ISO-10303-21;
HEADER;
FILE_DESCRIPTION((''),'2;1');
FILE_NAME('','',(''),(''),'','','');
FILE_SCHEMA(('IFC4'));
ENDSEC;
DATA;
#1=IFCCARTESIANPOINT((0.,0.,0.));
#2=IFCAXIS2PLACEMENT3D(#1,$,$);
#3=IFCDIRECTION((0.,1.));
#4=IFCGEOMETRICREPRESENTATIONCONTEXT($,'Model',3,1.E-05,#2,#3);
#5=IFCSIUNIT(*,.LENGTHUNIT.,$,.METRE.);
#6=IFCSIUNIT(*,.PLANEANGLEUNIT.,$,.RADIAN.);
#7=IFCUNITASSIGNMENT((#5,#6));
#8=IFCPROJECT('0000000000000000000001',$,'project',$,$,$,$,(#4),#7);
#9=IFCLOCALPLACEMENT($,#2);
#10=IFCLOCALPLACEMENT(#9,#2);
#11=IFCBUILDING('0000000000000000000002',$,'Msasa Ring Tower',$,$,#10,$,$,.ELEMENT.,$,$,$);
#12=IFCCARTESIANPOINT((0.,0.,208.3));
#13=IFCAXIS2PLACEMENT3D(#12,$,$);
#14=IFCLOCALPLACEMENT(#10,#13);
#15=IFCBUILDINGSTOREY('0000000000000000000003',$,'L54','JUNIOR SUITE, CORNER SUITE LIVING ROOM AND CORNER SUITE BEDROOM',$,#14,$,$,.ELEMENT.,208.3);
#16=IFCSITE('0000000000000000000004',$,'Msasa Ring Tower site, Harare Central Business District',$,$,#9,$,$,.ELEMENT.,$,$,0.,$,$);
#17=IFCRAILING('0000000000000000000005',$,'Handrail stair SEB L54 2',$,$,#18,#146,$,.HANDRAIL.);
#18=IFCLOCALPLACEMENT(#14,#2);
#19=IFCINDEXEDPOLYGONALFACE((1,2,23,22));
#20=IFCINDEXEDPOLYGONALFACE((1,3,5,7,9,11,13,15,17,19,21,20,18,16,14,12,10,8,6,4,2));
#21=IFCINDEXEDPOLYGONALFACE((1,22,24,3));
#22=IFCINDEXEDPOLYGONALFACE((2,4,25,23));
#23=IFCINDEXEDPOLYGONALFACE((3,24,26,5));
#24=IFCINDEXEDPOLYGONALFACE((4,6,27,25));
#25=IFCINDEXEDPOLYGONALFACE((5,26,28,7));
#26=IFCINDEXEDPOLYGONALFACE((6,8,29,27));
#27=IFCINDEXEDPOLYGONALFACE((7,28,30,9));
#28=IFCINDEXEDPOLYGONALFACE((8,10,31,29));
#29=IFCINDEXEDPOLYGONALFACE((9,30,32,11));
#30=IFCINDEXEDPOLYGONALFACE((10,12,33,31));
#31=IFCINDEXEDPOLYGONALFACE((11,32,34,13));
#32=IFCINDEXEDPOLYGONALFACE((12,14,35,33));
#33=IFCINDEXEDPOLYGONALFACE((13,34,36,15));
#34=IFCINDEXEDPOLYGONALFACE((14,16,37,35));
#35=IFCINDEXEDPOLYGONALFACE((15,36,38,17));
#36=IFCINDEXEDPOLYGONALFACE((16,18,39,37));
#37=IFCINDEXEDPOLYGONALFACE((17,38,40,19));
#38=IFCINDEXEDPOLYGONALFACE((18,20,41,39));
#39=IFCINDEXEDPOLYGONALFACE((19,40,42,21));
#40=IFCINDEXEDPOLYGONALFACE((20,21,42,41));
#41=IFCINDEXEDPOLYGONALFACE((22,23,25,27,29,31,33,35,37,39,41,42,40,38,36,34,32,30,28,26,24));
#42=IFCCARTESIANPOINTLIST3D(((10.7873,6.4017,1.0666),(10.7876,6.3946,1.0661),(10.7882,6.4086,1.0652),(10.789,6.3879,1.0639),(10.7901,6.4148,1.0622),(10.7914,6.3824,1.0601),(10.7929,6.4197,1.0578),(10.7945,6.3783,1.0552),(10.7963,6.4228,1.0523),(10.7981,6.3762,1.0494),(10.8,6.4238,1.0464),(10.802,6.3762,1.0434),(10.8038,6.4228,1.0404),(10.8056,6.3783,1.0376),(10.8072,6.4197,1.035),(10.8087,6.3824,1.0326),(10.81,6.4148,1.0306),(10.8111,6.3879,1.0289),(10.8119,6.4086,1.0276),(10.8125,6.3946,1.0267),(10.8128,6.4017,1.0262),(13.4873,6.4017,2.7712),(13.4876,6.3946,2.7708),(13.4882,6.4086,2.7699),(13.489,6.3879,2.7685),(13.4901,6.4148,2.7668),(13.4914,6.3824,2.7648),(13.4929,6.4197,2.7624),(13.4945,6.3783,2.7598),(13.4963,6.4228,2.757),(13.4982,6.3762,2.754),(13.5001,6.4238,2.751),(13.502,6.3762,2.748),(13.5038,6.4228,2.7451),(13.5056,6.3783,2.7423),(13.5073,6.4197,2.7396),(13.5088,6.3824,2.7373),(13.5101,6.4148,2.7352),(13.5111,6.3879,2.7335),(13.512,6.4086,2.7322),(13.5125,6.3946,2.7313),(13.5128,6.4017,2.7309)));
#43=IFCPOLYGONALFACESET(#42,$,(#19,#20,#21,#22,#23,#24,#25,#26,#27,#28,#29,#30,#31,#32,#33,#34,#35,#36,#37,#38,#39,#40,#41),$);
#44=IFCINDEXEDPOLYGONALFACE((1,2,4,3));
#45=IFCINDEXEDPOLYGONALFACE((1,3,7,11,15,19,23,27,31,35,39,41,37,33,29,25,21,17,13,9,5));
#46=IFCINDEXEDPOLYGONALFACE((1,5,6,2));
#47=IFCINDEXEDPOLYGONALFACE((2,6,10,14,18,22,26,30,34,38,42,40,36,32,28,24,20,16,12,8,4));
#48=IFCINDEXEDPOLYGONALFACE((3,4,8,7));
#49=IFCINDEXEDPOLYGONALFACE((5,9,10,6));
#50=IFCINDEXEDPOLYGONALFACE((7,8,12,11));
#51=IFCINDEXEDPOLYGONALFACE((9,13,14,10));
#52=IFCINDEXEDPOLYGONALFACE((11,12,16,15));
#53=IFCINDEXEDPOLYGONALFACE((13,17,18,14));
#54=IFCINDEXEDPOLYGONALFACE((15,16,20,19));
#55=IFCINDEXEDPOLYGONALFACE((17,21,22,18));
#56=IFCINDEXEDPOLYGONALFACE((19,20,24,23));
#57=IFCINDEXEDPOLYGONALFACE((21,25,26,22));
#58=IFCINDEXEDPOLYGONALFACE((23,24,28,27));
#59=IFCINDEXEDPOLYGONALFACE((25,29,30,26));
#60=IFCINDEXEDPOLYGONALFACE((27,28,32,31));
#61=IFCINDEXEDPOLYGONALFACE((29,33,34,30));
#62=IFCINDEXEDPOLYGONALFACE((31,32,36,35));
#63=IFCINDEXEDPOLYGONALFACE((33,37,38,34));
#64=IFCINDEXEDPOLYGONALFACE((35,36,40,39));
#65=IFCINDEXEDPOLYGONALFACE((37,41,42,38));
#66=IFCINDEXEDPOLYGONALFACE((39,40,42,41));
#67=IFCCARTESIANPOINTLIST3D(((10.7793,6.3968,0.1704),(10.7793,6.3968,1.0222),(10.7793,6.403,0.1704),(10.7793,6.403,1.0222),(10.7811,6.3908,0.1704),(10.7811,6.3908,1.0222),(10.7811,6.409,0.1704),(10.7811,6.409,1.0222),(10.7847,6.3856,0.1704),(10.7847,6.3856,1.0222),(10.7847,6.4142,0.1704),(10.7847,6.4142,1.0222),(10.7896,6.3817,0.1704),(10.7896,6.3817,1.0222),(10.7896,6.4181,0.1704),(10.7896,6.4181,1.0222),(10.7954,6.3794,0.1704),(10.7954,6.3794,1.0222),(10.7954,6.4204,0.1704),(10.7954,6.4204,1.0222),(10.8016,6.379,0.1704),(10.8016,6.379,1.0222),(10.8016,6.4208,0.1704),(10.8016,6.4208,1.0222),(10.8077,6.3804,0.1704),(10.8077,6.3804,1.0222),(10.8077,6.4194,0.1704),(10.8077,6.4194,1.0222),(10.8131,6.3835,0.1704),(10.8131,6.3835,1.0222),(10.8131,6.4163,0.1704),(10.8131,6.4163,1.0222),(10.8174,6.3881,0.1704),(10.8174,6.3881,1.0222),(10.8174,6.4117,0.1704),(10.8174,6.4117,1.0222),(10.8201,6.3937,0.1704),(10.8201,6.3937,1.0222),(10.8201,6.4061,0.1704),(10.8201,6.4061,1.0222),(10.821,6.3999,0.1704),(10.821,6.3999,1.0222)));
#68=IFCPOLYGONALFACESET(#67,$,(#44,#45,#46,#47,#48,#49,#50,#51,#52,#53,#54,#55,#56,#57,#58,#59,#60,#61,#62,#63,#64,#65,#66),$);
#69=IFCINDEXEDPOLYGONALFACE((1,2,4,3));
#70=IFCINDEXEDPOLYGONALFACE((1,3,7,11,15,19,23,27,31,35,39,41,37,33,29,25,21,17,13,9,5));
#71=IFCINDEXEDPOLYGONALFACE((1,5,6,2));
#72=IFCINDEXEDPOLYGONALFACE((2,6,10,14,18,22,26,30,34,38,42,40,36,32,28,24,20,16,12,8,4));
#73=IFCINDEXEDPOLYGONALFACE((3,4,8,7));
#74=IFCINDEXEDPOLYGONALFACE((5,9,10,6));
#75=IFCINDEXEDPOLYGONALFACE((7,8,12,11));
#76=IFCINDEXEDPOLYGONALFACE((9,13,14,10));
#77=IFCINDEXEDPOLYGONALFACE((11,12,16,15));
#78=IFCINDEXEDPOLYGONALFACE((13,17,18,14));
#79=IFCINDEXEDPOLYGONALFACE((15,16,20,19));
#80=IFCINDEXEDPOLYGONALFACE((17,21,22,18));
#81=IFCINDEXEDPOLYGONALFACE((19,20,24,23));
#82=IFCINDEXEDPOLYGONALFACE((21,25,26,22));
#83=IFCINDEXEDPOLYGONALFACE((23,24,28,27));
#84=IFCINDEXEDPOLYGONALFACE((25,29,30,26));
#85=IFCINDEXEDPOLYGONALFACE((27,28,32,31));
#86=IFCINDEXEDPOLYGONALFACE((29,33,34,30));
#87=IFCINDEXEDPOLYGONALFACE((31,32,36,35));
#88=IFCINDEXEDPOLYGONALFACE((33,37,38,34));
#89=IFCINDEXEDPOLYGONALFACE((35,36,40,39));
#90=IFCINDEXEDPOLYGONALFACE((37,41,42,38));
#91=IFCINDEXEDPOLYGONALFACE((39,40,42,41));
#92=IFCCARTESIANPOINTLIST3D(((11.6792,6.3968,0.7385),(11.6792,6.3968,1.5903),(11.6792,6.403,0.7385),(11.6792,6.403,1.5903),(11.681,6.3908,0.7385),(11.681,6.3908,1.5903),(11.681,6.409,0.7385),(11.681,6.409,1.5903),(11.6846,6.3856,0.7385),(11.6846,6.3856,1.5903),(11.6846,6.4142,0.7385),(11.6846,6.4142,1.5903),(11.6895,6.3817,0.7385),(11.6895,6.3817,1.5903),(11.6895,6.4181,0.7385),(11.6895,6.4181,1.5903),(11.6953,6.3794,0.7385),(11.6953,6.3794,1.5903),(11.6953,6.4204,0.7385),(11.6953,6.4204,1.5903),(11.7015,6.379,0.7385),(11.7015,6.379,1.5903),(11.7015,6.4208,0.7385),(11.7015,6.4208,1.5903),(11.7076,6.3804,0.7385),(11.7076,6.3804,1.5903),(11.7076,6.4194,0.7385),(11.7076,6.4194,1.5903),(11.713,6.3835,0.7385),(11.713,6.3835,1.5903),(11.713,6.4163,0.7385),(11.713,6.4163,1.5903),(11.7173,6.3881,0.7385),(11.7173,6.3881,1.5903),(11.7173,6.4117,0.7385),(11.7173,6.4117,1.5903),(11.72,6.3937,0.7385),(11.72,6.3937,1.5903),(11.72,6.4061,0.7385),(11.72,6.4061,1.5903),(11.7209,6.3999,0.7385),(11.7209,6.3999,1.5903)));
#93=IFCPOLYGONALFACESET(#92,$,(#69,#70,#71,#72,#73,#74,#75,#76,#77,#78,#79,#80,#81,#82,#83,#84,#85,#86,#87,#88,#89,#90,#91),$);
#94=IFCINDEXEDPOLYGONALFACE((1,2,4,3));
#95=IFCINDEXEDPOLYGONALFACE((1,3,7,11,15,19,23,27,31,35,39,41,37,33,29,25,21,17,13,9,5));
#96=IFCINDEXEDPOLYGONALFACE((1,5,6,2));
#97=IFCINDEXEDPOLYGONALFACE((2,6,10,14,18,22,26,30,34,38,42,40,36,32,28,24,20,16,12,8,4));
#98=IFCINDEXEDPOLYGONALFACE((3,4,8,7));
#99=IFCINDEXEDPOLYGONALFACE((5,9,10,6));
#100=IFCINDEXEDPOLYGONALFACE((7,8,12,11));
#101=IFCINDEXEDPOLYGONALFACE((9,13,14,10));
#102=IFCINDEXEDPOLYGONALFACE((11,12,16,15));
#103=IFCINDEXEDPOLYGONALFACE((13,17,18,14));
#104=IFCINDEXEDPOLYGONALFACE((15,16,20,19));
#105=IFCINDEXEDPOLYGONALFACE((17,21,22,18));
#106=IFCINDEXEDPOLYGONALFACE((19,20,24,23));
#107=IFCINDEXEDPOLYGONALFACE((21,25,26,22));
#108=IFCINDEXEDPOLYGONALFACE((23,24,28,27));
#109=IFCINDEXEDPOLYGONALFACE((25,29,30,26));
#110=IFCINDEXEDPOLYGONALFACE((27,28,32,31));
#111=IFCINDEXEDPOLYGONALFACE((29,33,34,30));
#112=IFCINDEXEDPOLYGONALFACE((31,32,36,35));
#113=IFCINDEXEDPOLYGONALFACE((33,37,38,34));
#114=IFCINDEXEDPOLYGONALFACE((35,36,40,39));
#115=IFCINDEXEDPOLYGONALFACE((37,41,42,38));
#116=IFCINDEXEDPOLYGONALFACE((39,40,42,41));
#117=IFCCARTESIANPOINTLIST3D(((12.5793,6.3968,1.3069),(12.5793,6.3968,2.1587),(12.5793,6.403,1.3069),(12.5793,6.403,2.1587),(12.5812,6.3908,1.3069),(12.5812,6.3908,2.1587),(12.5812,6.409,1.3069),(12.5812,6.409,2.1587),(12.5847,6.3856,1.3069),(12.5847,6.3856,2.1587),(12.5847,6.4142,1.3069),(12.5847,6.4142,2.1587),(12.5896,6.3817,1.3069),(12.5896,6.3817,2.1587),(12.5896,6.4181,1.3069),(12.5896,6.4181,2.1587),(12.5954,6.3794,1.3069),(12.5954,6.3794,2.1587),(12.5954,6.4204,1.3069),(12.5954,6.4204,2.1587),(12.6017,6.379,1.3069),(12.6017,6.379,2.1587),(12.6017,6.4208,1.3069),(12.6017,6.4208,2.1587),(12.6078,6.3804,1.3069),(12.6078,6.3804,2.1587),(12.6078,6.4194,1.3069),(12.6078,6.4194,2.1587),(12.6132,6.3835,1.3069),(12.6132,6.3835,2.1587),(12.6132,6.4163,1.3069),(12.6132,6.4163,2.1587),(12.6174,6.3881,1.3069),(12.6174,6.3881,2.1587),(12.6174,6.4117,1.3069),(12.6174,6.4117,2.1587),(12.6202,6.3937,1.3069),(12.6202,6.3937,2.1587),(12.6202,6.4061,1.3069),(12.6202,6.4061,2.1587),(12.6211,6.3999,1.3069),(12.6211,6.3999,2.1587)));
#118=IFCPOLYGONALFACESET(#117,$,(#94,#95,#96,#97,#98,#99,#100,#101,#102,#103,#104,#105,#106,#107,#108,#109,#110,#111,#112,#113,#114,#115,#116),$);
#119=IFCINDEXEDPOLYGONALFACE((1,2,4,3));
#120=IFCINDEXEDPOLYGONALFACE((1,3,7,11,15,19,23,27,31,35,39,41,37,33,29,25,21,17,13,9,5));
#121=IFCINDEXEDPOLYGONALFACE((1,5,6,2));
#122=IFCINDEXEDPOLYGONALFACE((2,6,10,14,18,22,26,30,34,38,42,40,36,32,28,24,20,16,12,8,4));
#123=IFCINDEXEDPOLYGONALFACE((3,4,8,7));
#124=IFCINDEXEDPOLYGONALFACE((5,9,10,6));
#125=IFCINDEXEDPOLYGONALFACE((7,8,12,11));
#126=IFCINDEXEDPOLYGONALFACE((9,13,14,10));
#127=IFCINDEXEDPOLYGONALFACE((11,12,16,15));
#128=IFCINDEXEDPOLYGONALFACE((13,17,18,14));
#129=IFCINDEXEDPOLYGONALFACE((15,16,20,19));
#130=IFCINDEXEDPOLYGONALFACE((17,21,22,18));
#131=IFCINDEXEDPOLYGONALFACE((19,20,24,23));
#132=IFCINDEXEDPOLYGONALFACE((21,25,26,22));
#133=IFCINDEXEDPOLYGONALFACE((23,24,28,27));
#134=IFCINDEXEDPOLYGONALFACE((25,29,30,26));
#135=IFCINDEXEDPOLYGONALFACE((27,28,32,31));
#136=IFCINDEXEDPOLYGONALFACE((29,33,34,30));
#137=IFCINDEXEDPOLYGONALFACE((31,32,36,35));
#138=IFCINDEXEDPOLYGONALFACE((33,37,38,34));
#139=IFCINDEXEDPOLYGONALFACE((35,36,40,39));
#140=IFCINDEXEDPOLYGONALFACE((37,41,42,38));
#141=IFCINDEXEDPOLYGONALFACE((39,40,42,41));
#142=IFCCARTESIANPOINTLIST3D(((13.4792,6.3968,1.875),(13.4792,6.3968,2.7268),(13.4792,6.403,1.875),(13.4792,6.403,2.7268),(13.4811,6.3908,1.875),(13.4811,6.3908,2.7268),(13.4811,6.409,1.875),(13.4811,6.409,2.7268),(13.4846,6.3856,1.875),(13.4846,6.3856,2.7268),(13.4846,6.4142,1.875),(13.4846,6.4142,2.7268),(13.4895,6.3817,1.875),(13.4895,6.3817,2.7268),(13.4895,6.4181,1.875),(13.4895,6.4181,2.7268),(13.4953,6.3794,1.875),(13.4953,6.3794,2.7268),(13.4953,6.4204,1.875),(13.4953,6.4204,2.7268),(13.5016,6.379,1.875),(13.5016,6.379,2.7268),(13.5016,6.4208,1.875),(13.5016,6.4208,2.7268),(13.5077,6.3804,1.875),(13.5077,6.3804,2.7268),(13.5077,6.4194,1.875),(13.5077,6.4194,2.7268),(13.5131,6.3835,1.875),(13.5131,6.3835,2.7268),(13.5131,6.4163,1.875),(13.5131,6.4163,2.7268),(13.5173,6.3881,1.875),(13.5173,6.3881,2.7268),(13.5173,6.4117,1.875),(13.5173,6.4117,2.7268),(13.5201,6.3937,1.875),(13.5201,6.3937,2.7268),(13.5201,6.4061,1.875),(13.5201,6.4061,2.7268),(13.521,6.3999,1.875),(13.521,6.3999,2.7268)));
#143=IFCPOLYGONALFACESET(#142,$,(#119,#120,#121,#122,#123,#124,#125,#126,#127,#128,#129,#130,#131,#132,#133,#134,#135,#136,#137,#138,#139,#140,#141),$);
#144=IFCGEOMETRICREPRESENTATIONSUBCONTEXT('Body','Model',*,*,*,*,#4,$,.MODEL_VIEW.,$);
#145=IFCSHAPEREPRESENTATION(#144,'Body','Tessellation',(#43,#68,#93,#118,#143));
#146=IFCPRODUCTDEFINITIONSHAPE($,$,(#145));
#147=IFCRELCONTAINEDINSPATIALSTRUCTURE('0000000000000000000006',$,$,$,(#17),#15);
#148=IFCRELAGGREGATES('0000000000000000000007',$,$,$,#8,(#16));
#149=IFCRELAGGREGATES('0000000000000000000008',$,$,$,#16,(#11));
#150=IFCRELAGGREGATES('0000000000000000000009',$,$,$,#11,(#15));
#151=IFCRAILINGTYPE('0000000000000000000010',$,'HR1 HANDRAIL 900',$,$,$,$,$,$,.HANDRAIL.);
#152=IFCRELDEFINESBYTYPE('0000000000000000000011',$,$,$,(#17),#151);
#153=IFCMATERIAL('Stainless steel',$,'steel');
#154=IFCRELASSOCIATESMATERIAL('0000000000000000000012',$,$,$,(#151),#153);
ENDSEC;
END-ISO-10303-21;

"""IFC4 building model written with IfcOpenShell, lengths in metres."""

from ifc_helpers import new_model, si_unit, direction, frame, origin, origin_2d, place, context, subcontext, project, spatial, circle, extrude, material, type_object, element, save


model = new_model("IFC4")

# Units and contexts
model_context = context("Model", 3, precision=1e-05, world=origin(), true_north=direction((0.0, 1.0)))
body_context = subcontext(model_context, "Body", "Model", "MODEL_VIEW")
ifc_project = project(units=[si_unit("LENGTHUNIT", "METRE"), si_unit("PLANEANGLEUNIT", "RADIAN")], contexts=[model_context])

# Site, building, storey
site_placement = place(None, origin())
site = spatial("IfcSite", under=ifc_project, at=site_placement, Name="Msasa Ring Tower site, Harare Central Business District", CompositionType="ELEMENT", RefElevation=0.0)
building_placement = place(site_placement, origin())
building = spatial("IfcBuilding", under=site, at=building_placement, Name="Msasa Ring Tower", CompositionType="ELEMENT")
storey_placement = place(building_placement, frame((0.0, 0.0, 208.3)))
storey = spatial("IfcBuildingStorey", under=building, at=storey_placement, Name="L54", Description="JUNIOR SUITE, CORNER SUITE LIVING ROOM AND CORNER SUITE BEDROOM", CompositionType="ELEMENT", Elevation=208.3)

# Railing
ifc_material_1 = material(Name="Stainless steel", Category="steel")
railing_type = type_object("IfcRailingType", Name="HR1 HANDRAIL 900", PredefinedType="HANDRAIL", material=ifc_material_1)
for number, where, name in (
    (1, (10.8, 6.3999, 0.1704), "Handrail stair SEB L54 2"),
):
    element("IfcRailing", number, at=place(storey_placement, frame(where)), inside=storey, type_object=railing_type, Name=name, PredefinedType="HANDRAIL", context=body_context, shape_type="SweptSolid", body=[
        extrude(circle(Radius=0.0239, at=origin_2d()), frame((0.0, 0.0, 0.876), z_axis=(0.84558, 0.0, 0.533849), x_axis=(0.0, 1.0, 0.0)), (0.0, 0.0, 1.0), 3.1931),
        extrude(circle(Radius=0.021, at=origin_2d()), origin(), (0.0, 0.0, 1.0), 0.8518),
        extrude(circle(Radius=0.021, at=origin_2d()), frame((0.8999, 0.0, 0.5681)), (0.0, 0.0, 1.0), 0.8518),
        extrude(circle(Radius=0.021, at=origin_2d()), frame((1.8, 0.0, 1.1365)), (0.0, 0.0, 1.0), 0.8518),
        extrude(circle(Radius=0.021, at=origin_2d()), frame((2.7, 0.0, 1.7046)), (0.0, 0.0, 1.0), 0.8518),
    ])

save(model, "model.ifc")
